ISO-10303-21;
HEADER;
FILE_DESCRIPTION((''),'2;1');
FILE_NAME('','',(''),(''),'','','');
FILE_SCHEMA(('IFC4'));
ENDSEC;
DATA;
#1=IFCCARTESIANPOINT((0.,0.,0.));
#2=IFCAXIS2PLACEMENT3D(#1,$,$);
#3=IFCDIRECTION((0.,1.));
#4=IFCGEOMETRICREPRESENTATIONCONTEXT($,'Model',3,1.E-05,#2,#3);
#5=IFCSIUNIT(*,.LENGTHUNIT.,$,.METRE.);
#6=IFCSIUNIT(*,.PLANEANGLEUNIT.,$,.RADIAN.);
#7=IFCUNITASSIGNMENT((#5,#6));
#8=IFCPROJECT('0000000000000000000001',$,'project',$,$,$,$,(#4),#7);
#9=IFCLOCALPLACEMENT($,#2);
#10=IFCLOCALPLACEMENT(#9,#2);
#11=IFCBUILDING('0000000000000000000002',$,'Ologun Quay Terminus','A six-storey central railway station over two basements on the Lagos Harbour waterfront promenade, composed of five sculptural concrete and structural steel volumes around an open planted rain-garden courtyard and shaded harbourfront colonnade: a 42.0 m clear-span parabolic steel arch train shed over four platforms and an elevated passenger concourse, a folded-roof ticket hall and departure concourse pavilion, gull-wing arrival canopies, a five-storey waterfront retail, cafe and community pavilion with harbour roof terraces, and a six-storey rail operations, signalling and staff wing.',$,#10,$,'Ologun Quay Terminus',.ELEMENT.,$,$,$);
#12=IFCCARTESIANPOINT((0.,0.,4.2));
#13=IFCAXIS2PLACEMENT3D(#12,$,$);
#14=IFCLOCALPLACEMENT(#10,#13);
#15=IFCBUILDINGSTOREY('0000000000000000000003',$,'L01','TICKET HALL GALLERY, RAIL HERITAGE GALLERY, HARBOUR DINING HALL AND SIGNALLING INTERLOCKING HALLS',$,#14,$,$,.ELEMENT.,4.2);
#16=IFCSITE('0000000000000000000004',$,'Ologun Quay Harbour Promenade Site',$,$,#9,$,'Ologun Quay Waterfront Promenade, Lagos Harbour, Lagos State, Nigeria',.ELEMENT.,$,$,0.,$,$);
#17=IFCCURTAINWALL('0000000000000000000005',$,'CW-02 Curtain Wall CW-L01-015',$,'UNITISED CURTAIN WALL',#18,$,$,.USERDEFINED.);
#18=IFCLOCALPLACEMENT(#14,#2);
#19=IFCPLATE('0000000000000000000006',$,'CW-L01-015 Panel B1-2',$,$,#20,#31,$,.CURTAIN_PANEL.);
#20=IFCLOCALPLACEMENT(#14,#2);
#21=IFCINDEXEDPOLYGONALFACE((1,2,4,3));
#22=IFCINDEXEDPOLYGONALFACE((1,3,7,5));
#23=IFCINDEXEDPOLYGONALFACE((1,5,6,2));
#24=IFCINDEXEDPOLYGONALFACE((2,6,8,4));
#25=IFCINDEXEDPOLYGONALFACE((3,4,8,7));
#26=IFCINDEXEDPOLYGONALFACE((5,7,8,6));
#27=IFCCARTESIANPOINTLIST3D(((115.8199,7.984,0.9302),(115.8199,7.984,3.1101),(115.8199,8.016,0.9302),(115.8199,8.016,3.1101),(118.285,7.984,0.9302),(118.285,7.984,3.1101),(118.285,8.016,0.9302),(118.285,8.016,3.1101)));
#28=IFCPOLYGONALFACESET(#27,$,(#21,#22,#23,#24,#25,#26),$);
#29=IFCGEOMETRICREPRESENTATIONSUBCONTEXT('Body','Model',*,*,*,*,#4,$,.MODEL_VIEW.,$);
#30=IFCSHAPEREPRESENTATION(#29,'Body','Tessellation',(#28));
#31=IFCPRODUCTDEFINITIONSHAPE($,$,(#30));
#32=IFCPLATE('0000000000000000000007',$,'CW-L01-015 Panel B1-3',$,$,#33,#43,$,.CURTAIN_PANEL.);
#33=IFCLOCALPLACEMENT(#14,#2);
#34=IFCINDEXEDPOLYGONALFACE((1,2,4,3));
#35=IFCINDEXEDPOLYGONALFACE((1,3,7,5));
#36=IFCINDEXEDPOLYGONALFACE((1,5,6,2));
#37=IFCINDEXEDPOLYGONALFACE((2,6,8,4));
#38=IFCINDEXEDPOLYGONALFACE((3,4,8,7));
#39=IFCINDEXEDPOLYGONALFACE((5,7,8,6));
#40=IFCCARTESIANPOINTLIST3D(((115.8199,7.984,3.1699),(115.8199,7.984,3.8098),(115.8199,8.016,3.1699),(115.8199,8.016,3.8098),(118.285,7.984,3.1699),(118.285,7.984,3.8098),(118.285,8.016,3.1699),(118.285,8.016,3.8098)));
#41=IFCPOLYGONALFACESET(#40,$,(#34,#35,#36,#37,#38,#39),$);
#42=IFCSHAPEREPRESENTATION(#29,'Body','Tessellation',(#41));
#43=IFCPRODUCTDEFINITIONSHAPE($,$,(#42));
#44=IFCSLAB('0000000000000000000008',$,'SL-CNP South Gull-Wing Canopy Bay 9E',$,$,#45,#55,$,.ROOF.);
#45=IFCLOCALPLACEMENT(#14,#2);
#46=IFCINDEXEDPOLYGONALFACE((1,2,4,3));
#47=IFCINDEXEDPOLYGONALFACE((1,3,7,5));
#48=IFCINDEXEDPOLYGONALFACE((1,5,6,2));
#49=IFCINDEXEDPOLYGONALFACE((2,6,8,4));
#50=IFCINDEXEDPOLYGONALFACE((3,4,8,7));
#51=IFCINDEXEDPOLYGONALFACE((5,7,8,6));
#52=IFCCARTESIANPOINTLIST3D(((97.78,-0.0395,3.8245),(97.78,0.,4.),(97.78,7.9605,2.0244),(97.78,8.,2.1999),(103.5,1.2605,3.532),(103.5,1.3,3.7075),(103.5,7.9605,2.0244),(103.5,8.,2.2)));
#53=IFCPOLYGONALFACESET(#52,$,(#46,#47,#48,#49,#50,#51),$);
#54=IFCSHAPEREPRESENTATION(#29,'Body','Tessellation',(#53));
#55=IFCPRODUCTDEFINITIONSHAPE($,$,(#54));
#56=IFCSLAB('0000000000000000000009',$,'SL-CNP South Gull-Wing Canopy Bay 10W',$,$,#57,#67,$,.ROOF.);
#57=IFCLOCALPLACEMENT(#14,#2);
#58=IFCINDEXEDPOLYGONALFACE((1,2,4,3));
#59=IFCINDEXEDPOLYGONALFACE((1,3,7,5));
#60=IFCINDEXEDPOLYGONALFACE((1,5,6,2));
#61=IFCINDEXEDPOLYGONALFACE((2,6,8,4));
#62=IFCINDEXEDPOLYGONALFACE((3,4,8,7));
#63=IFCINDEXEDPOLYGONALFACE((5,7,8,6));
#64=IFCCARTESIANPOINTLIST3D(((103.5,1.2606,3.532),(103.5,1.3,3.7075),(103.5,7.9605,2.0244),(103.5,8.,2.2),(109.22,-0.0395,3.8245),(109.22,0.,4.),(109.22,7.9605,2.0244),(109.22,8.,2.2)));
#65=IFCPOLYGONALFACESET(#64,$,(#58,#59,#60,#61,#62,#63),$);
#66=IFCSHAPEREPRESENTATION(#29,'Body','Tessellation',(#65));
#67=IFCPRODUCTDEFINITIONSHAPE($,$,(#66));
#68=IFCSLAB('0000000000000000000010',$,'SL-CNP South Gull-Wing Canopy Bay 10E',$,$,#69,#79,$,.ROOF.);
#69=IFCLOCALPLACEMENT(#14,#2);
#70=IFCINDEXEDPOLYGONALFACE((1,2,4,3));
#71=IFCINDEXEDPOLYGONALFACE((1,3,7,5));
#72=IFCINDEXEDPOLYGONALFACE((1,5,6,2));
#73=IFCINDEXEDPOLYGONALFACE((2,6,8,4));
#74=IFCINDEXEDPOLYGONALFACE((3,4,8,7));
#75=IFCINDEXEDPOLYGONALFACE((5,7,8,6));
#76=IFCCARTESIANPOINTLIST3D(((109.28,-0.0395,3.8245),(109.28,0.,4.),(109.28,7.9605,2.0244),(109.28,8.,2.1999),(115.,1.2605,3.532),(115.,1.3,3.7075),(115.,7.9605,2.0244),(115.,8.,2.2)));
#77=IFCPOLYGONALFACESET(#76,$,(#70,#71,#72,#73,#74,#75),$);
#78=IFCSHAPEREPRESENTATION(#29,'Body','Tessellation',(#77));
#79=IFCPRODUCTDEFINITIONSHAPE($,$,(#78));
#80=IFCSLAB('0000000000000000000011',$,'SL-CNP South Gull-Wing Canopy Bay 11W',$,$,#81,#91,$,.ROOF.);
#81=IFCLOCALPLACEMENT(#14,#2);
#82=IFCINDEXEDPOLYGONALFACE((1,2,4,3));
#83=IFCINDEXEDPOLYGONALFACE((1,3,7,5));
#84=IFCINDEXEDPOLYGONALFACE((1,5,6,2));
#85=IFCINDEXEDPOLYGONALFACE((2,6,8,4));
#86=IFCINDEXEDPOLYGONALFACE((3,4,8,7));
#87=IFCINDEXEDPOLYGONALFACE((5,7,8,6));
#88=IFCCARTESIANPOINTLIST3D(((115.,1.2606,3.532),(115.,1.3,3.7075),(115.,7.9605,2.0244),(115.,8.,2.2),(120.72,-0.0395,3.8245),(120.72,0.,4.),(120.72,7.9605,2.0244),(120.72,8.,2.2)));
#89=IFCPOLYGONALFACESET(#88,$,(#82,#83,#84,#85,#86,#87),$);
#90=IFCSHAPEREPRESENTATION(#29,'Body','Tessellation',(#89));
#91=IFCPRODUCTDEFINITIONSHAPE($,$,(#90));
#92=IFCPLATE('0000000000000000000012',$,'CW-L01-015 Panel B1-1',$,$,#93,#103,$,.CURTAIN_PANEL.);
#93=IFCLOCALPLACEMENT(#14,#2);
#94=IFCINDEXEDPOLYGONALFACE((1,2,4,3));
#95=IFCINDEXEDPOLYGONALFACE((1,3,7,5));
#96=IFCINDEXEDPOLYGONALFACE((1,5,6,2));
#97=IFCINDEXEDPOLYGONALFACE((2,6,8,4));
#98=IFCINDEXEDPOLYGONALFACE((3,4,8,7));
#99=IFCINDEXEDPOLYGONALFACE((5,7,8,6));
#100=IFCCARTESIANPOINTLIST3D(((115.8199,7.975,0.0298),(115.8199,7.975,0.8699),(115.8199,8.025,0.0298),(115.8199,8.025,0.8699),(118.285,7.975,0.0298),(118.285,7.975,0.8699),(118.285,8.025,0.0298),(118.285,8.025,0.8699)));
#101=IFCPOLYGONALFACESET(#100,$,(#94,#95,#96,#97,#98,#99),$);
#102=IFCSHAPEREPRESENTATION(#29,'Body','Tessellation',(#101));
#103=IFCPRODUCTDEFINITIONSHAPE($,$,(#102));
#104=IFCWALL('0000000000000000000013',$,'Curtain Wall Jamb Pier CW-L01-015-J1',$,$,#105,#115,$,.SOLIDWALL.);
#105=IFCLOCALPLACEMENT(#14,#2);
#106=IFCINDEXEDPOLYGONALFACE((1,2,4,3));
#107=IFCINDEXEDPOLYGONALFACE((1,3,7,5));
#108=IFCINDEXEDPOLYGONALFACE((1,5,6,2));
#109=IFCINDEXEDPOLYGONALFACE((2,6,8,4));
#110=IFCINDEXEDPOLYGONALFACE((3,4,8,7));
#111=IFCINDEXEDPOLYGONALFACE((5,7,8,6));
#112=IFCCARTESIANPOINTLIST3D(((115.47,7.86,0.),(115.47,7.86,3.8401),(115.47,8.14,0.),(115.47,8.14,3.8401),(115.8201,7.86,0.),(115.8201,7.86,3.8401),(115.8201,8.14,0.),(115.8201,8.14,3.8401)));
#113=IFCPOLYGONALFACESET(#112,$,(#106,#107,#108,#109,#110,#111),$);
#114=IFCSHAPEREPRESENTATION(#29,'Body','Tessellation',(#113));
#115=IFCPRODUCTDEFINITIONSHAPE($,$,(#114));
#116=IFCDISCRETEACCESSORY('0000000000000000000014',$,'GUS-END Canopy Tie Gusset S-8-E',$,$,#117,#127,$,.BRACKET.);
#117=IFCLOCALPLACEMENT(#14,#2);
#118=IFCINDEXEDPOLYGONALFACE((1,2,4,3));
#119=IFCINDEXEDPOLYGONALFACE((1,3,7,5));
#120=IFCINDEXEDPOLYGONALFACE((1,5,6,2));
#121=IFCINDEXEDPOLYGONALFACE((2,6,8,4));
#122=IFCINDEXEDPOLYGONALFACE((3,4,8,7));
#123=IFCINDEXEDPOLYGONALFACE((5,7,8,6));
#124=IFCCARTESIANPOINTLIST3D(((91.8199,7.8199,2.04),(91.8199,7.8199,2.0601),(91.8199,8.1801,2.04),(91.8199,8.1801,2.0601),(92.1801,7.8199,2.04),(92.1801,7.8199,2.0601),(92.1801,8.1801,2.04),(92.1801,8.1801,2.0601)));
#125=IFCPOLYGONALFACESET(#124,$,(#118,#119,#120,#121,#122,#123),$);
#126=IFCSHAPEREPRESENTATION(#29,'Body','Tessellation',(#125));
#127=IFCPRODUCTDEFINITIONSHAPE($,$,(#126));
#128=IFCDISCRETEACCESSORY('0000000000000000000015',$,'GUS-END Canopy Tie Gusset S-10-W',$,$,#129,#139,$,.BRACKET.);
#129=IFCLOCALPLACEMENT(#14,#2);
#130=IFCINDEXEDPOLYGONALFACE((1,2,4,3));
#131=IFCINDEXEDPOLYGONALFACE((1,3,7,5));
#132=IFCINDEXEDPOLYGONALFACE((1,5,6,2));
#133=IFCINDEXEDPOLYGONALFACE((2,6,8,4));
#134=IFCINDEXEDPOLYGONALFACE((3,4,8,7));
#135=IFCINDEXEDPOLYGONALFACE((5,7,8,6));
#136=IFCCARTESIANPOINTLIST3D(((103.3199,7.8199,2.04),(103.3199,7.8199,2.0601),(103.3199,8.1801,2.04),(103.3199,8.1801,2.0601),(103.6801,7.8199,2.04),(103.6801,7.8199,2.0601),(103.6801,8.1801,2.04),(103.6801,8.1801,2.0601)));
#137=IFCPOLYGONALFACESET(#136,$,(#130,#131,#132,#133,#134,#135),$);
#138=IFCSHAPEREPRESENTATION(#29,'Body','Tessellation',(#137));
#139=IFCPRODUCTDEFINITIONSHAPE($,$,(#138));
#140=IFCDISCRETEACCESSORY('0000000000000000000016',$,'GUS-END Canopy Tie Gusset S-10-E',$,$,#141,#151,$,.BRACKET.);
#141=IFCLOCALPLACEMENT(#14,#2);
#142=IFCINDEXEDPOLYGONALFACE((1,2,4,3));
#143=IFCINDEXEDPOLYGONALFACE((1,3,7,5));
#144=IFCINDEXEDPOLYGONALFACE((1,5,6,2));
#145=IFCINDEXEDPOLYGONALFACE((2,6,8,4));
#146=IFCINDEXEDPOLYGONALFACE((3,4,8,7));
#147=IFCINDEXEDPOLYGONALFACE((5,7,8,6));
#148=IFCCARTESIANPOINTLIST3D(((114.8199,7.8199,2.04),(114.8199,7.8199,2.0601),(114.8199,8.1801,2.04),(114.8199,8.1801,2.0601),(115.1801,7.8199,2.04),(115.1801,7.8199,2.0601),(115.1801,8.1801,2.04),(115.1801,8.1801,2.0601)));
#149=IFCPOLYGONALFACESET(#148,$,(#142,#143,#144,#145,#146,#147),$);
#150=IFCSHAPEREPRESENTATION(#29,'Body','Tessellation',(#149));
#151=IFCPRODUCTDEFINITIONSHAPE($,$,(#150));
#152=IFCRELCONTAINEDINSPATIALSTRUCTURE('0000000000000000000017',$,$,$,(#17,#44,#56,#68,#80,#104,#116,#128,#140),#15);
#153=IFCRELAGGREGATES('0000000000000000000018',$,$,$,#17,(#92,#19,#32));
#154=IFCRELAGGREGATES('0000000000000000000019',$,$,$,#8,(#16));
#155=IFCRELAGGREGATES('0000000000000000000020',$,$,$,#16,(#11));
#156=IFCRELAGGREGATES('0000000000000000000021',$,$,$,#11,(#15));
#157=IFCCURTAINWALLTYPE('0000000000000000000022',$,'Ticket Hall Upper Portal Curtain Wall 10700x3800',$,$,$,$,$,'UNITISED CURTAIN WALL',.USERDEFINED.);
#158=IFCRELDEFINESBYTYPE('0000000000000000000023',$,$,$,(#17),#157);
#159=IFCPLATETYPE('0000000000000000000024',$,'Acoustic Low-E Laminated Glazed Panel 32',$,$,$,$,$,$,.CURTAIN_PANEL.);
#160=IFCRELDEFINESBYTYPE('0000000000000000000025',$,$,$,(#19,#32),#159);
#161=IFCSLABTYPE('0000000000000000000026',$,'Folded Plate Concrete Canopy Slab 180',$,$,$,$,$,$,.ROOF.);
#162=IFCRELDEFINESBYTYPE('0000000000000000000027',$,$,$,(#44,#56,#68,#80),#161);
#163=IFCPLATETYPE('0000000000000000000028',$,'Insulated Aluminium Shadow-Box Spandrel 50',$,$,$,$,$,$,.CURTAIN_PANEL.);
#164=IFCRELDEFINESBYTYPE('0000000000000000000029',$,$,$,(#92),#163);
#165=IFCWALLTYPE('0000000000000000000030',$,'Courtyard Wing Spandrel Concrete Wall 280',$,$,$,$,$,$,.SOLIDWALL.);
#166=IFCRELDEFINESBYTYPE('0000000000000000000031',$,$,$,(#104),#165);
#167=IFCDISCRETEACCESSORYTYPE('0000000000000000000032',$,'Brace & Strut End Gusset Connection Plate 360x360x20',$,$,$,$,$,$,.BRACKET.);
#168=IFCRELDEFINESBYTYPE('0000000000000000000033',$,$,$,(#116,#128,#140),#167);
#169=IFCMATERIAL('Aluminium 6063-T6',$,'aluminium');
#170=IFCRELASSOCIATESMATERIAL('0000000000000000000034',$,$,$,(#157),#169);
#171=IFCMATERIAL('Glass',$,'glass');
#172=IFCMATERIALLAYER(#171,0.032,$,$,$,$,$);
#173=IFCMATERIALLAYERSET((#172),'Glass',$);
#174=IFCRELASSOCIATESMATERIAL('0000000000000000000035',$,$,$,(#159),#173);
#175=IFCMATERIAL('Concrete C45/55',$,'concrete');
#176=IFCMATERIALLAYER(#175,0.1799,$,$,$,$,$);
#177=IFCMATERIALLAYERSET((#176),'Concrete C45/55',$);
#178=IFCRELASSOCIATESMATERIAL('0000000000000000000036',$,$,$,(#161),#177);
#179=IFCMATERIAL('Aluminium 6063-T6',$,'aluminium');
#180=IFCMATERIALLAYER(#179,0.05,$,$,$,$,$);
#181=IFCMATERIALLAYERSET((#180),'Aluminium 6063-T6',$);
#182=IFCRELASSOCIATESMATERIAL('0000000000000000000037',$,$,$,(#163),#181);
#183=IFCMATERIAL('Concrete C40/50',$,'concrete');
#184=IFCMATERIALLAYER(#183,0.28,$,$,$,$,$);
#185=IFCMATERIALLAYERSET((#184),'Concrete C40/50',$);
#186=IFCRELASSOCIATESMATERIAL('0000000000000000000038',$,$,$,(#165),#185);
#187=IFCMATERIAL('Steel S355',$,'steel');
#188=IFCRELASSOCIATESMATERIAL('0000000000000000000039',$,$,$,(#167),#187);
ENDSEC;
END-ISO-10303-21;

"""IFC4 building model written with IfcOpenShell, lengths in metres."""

from ifc_helpers import new_model, si_unit, direction, frame, frame_2d, origin, origin_2d, place, context, subcontext, project, spatial, polyline, rectangle, outline, extrude, material, layer, layer_set, type_object, element, aggregate, save


model = new_model("IFC4")

# Units and contexts
model_context = context("Model", 3, precision=1e-05, world=origin(), true_north=direction((0.0, 1.0)))
body_context = subcontext(model_context, "Body", "Model", "MODEL_VIEW")
ifc_project = project(units=[si_unit("LENGTHUNIT", "METRE"), si_unit("PLANEANGLEUNIT", "RADIAN")], contexts=[model_context])

# Site, building, storey
site_placement = place(None, origin())
site = spatial("IfcSite", under=ifc_project, at=site_placement, Name="Ologun Quay Harbour Promenade Site", LongName="Ologun Quay Waterfront Promenade, Lagos Harbour, Lagos State, Nigeria", CompositionType="ELEMENT", RefElevation=0.0)
building_placement = place(site_placement, origin())
building = spatial("IfcBuilding", under=site, at=building_placement, Name="Ologun Quay Terminus", Description="A six-storey central railway station over two basements on the Lagos Harbour waterfront promenade, composed of five sculptural concrete and structural steel volumes around an open planted rain-garden courtyard and shaded harbourfront colonnade: a 42.0 m clear-span parabolic steel arch train shed over four platforms and an elevated passenger concourse, a folded-roof ticket hall and departure concourse pavilion, gull-wing arrival canopies, a five-storey waterfront retail, cafe and community pavilion with harbour roof terraces, and a six-storey rail operations, signalling and staff wing.", LongName="Ologun Quay Terminus", CompositionType="ELEMENT")
storey_placement = place(building_placement, frame((0.0, 0.0, 4.2)))
storey = spatial("IfcBuildingStorey", under=building, at=storey_placement, Name="L01", Description="TICKET HALL GALLERY, RAIL HERITAGE GALLERY, HARBOUR DINING HALL AND SIGNALLING INTERLOCKING HALLS", CompositionType="ELEMENT", Elevation=4.2)

# Curtain wall
ifc_material_1 = material(Name="Aluminium 6063-T6", Category="aluminium")
curtain_wall_type = type_object("IfcCurtainWallType", Name="Ticket Hall Upper Portal Curtain Wall 10700x3800", ElementType="UNITISED CURTAIN WALL", PredefinedType="USERDEFINED", material=ifc_material_1)
curtain_wall_placement = place(storey_placement, origin())
curtain_wall = element("IfcCurtainWall", 1, at=curtain_wall_placement, inside=storey, type_object=curtain_wall_type, Name="CW-02 Curtain Wall CW-L01-015", ObjectType="UNITISED CURTAIN WALL", PredefinedType="USERDEFINED")

# Plates
ifc_material_2 = material(Name="Glass", Category="glass")
ifc_layer_1 = layer(ifc_material_2, 0.032)
ifc_layer_set_1 = layer_set([ifc_layer_1], Name="Glass")
plate_type_1 = type_object("IfcPlateType", Name="Acoustic Low-E Laminated Glazed Panel 32", PredefinedType="CURTAIN_PANEL", material=ifc_layer_set_1)
plate_1_placement = place(storey_placement, frame((117.0525, 8.0, 0.9302), z_axis=(0.0, 0.0, 1.0), x_axis=(1.0, 0.0, 0.0)))
plate_1 = element("IfcPlate", 2, at=plate_1_placement, type_object=plate_type_1, Name="CW-L01-015 Panel B1-2", PredefinedType="CURTAIN_PANEL", context=body_context, shape_type="SweptSolid", body=[
    extrude(rectangle(XDim=2.4651, YDim=0.032, at=origin_2d()), origin(), (0.0, 0.0, 1.0), 2.1799),
])
plate_2_placement = place(storey_placement, frame((117.0525, 8.0, 3.1699), z_axis=(0.0, 0.0, 1.0), x_axis=(1.0, 0.0, 0.0)))
plate_2 = element("IfcPlate", 3, at=plate_2_placement, type_object=plate_type_1, Name="CW-L01-015 Panel B1-3", PredefinedType="CURTAIN_PANEL", context=body_context, shape_type="SweptSolid", body=[
    extrude(rectangle(XDim=2.4651, YDim=0.032, at=origin_2d()), origin(), (0.0, 0.0, 1.0), 0.6399),
])

# Slabs
ifc_material_3 = material(Name="Concrete C45/55", Category="concrete")
ifc_layer_2 = layer(ifc_material_3, 0.1799)
ifc_layer_set_2 = layer_set([ifc_layer_2], Name="Concrete C45/55")
slab_type = type_object("IfcSlabType", Name="Folded Plate Concrete Canopy Slab 180", PredefinedType="ROOF", material=ifc_layer_set_2)
slab_1_placement = place(storey_placement, frame((97.78, 0.0, 4.0), z_axis=(-0.000004, 0.21952, 0.975608), x_axis=(0.973921, 0.221354, -0.049803)))
element("IfcSlab", 4, at=slab_1_placement, inside=storey, type_object=slab_type, Name="SL-CNP South Gull-Wing Canopy Bay 9E", PredefinedType="ROOF", context=body_context, shape_type="SweptSolid", body=[
    extrude(outline(polyline([(0.0, 0.0), (5.8731, 0.0), (7.4313, 6.6884), (1.8605, 7.9862), (0.0, 0.0)])), origin(), (0.0, 0.0, -1.0), 0.1799),
])
slab_2_placement = place(storey_placement, frame((103.5, 1.3, 3.7075), z_axis=(0.000004, 0.21952, 0.975608), x_axis=(0.973921, -0.221354, 0.049803)))
element("IfcSlab", 5, at=slab_2_placement, inside=storey, type_object=slab_type, Name="SL-CNP South Gull-Wing Canopy Bay 10W", PredefinedType="ROOF", context=body_context, shape_type="SweptSolid", body=[
    extrude(outline(polyline([(0.0, 0.0), (5.8731, 0.0), (4.0127, 7.9862), (-1.5581, 6.6884), (0.0, 0.0)])), origin(), (0.0, 0.0, -1.0), 0.1799),
])
slab_3_placement = place(storey_placement, frame((109.28, 0.0, 4.0), z_axis=(-0.000004, 0.21952, 0.975608), x_axis=(0.973921, 0.221354, -0.049803)))
element("IfcSlab", 6, at=slab_3_placement, inside=storey, type_object=slab_type, Name="SL-CNP South Gull-Wing Canopy Bay 10E", PredefinedType="ROOF", context=body_context, shape_type="SweptSolid", body=[
    extrude(outline(polyline([(0.0, 0.0), (5.8731, 0.0), (7.4313, 6.6884), (1.8605, 7.9862), (0.0, 0.0)])), origin(), (0.0, 0.0, -1.0), 0.1799),
])
slab_4_placement = place(storey_placement, frame((115.0, 1.3, 3.7075), z_axis=(0.000004, 0.21952, 0.975608), x_axis=(0.973921, -0.221354, 0.049803)))
element("IfcSlab", 7, at=slab_4_placement, inside=storey, type_object=slab_type, Name="SL-CNP South Gull-Wing Canopy Bay 11W", PredefinedType="ROOF", context=body_context, shape_type="SweptSolid", body=[
    extrude(outline(polyline([(0.0, 0.0), (5.8731, 0.0), (4.0127, 7.9862), (-1.5581, 6.6884), (0.0, 0.0)])), origin(), (0.0, 0.0, -1.0), 0.1799),
])

# Plate
ifc_material_4 = material(Name="Aluminium 6063-T6", Category="aluminium")
ifc_layer_3 = layer(ifc_material_4, 0.05)
ifc_layer_set_3 = layer_set([ifc_layer_3], Name="Aluminium 6063-T6")
plate_type_2 = type_object("IfcPlateType", Name="Insulated Aluminium Shadow-Box Spandrel 50", PredefinedType="CURTAIN_PANEL", material=ifc_layer_set_3)
plate_3_placement = place(storey_placement, frame((117.0525, 8.0, 0.0298), z_axis=(0.0, 0.0, 1.0), x_axis=(1.0, 0.0, 0.0)))
plate_3 = element("IfcPlate", 8, at=plate_3_placement, type_object=plate_type_2, Name="CW-L01-015 Panel B1-1", PredefinedType="CURTAIN_PANEL", context=body_context, shape_type="SweptSolid", body=[
    extrude(rectangle(XDim=2.4651, YDim=0.05, at=origin_2d()), origin(), (0.0, 0.0, 1.0), 0.8401),
])
aggregate(curtain_wall, [plate_3, plate_1, plate_2])

# Wall
ifc_material_5 = material(Name="Concrete C40/50", Category="concrete")
ifc_layer_4 = layer(ifc_material_5, 0.28)
ifc_layer_set_4 = layer_set([ifc_layer_4], Name="Concrete C40/50")
wall_type = type_object("IfcWallType", Name="Courtyard Wing Spandrel Concrete Wall 280", PredefinedType="SOLIDWALL", material=ifc_layer_set_4)
wall_placement = place(storey_placement, frame((115.47, 8.0, 0.0), z_axis=(0.0, 0.0, 1.0), x_axis=(1.0, 0.0, 0.0)))
element("IfcWall", 9, at=wall_placement, inside=storey, type_object=wall_type, Name="Curtain Wall Jamb Pier CW-L01-015-J1", PredefinedType="SOLIDWALL", context=body_context, shape_type="SweptSolid", body=[
    extrude(rectangle(XDim=0.3501, YDim=0.28, at=frame_2d((0.175, 0.0))), origin(), (0.0, 0.0, 1.0), 3.8401),
])

# Discrete accessories
ifc_material_6 = material(Name="Steel S355", Category="steel")
discrete_accessory_type = type_object("IfcDiscreteAccessoryType", Name="Brace & Strut End Gusset Connection Plate 360x360x20", PredefinedType="BRACKET", material=ifc_material_6)
for number, where, z_axis, x_axis, name in (
    (10, (92.0, 8.0, 2.04), (0.0, 0.0, 1.0), (1.0, 0.0, 0.0), "GUS-END Canopy Tie Gusset S-8-E"),
    (11, (103.5, 8.0, 2.04), (0.0, 0.0, 1.0), (1.0, 0.0, 0.0), "GUS-END Canopy Tie Gusset S-10-W"),
    (12, (115.0, 8.0, 2.04), (0.0, 0.0, 1.0), (1.0, 0.0, 0.0), "GUS-END Canopy Tie Gusset S-10-E"),
):
    element("IfcDiscreteAccessory", number, at=place(storey_placement, frame(where, z_axis=z_axis, x_axis=x_axis)), inside=storey, type_object=discrete_accessory_type, Name=name, PredefinedType="BRACKET", context=body_context, shape_type="SweptSolid", body=[
        extrude(rectangle(XDim=0.3601, YDim=0.3601, at=origin_2d()), origin(), (0.0, 0.0, 1.0), 0.02),
    ])

save(model, "model.ifc")
